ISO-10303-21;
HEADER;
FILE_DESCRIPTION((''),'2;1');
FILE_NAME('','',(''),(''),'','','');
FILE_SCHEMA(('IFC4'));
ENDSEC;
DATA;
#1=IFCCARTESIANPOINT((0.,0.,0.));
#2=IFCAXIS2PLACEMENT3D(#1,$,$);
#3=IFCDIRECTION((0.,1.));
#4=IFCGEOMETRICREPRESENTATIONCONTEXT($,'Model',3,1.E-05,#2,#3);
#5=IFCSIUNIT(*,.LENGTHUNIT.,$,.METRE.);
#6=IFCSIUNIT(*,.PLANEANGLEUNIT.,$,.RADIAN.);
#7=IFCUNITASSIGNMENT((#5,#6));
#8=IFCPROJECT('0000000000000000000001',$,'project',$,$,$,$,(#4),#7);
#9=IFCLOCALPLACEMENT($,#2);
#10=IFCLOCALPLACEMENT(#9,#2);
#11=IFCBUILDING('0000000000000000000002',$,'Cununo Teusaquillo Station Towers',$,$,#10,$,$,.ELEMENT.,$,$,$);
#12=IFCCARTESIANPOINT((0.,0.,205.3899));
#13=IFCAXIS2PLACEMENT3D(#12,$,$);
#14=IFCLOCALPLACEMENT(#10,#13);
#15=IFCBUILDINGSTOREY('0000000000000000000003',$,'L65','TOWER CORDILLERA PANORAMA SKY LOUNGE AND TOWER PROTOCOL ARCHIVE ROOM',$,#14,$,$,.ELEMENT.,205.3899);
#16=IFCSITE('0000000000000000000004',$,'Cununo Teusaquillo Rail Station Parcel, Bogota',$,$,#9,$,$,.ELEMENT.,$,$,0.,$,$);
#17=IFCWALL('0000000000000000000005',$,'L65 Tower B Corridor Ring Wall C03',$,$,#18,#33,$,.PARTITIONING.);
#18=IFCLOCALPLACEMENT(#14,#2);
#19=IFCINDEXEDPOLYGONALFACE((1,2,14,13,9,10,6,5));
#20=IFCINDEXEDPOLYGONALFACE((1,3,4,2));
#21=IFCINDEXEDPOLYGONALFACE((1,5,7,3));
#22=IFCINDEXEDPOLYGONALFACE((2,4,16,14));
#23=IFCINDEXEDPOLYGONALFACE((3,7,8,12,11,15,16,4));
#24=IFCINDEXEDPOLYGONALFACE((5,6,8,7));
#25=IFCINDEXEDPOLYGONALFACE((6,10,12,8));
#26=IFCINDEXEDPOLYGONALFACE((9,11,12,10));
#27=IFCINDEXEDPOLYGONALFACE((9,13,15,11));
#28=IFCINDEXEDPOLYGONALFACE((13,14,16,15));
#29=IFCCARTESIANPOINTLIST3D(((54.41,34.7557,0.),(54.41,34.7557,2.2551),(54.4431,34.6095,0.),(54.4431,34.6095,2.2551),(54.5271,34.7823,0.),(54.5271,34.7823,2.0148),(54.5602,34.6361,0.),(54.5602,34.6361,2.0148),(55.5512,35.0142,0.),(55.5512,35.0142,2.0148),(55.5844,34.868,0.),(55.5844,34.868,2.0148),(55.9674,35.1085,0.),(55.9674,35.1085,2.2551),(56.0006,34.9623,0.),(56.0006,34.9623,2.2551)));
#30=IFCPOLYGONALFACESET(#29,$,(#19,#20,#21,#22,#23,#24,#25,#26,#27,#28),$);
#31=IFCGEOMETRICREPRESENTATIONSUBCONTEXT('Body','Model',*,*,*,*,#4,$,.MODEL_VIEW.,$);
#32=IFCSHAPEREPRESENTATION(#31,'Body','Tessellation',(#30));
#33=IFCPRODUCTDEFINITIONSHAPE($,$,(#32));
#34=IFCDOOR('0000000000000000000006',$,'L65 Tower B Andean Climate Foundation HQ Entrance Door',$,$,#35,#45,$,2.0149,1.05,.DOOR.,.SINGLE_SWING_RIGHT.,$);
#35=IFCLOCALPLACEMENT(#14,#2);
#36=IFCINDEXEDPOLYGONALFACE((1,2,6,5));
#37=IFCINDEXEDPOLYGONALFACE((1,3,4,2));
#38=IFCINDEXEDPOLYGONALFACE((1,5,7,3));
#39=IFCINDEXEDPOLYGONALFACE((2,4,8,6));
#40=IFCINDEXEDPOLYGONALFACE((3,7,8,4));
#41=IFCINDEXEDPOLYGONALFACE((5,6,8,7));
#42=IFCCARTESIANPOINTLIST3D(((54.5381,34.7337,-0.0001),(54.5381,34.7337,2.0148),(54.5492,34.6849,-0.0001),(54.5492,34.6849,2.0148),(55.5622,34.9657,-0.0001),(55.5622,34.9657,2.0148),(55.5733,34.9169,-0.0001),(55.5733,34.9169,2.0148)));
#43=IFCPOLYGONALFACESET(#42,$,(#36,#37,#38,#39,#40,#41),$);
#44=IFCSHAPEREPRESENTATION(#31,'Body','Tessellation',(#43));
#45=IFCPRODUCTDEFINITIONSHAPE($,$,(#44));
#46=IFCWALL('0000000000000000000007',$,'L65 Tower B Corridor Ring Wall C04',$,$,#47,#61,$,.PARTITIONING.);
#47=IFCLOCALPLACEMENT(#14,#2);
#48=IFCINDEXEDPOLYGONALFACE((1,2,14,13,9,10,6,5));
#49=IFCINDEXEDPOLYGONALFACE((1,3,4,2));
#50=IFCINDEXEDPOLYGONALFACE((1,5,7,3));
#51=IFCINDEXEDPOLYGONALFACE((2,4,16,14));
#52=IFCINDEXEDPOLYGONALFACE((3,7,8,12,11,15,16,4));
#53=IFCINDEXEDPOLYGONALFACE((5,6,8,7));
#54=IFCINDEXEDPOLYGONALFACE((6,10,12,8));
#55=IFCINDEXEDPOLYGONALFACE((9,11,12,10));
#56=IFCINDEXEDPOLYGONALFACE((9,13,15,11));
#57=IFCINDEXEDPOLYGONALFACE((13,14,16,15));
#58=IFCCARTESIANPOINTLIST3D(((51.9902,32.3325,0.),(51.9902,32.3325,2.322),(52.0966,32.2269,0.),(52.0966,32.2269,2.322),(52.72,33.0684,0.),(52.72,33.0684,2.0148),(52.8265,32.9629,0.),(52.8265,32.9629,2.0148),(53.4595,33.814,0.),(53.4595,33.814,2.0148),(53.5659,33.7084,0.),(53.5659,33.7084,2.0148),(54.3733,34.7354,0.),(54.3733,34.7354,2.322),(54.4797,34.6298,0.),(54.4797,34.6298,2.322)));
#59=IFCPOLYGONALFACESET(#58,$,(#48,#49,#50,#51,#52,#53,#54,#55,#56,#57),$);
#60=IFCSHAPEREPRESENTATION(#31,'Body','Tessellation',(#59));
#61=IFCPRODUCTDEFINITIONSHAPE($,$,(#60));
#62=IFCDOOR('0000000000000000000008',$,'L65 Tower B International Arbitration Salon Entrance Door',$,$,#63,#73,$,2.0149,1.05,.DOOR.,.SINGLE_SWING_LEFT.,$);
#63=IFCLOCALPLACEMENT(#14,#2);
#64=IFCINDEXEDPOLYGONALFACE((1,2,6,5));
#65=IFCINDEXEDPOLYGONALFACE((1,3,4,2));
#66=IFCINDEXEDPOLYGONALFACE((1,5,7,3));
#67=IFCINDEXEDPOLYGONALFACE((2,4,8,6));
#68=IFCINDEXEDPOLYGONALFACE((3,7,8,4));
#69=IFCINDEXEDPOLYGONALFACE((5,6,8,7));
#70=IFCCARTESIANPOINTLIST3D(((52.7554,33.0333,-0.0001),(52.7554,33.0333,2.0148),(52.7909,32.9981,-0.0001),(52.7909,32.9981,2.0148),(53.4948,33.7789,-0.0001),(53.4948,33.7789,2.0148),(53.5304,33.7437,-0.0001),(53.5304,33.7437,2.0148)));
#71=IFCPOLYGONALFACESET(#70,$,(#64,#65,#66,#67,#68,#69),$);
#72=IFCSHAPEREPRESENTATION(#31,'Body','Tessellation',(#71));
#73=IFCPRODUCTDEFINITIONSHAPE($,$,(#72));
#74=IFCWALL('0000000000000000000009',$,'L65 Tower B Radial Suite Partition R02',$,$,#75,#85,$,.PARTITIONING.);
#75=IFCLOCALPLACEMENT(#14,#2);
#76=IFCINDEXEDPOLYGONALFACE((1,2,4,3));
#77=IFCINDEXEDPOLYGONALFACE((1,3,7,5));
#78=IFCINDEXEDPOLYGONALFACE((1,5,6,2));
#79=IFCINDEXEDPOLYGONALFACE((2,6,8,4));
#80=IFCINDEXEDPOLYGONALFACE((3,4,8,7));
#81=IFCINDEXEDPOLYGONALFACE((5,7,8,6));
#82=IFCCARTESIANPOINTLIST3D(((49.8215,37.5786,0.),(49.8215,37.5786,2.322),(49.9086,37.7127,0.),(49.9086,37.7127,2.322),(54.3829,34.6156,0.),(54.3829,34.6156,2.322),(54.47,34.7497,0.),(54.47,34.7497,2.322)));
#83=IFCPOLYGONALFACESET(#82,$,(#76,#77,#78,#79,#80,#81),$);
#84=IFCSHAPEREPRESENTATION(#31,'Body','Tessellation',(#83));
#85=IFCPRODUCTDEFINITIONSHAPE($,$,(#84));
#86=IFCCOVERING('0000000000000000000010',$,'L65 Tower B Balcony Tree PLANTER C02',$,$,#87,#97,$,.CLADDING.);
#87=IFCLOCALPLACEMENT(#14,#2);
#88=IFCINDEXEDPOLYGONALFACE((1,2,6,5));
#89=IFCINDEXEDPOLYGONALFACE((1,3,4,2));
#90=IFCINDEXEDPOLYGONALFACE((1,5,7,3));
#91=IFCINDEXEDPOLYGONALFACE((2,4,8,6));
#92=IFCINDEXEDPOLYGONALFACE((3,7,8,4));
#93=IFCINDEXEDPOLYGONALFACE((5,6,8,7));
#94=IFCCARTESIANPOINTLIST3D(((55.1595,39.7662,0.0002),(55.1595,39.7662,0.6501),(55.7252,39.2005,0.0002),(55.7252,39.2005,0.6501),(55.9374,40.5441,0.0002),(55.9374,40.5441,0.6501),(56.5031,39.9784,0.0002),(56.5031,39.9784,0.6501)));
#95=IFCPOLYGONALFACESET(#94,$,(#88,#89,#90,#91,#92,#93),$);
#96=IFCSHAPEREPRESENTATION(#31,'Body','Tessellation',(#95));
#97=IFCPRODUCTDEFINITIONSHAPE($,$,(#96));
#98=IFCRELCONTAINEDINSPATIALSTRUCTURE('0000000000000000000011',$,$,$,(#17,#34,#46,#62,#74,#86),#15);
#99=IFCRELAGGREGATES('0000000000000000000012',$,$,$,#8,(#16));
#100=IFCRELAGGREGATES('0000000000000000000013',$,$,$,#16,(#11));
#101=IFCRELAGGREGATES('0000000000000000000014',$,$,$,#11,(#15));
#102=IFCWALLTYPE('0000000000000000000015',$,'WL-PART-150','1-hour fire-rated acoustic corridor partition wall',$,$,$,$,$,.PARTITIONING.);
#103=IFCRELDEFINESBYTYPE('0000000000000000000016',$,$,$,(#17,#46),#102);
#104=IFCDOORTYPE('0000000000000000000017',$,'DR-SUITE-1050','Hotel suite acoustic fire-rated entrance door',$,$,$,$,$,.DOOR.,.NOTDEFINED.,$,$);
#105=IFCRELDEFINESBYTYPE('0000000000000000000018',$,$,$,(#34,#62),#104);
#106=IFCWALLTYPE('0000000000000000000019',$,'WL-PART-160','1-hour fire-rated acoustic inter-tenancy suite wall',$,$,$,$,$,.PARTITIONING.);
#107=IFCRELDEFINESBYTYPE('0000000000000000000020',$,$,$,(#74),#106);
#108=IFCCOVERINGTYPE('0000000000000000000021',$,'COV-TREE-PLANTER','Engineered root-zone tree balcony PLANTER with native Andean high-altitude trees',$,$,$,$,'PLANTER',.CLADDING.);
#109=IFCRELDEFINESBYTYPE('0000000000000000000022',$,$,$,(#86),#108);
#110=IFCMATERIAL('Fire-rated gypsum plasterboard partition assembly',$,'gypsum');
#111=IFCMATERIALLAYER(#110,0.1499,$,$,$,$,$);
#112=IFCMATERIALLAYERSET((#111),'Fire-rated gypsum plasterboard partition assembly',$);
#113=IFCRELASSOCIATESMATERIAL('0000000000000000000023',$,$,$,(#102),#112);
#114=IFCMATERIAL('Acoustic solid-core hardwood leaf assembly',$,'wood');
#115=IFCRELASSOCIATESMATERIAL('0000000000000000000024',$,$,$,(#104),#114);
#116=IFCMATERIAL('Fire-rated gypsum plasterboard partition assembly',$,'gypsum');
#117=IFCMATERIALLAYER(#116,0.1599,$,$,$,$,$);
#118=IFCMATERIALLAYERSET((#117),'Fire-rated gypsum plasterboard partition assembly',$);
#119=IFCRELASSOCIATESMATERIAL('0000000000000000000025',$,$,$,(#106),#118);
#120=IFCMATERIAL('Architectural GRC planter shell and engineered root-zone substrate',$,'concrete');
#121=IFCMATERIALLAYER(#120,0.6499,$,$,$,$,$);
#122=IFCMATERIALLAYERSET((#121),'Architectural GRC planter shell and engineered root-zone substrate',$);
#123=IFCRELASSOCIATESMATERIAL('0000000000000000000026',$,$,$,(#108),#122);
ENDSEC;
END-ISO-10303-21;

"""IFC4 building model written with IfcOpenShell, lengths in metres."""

from ifc_helpers import new_model, si_unit, direction, frame, frame_2d, origin, origin_2d, place, context, subcontext, project, spatial, rectangle, extrude, source, transform, mapped, material, layer, layer_set, type_object, element, fill, save


model = new_model("IFC4")

# Units and contexts
model_context = context("Model", 3, precision=1e-05, world=origin(), true_north=direction((0.0, 1.0)))
body_context = subcontext(model_context, "Body", "Model", "MODEL_VIEW")
ifc_project = project(units=[si_unit("LENGTHUNIT", "METRE"), si_unit("PLANEANGLEUNIT", "RADIAN")], contexts=[model_context])

# Site, building, storey
site_placement = place(None, origin())
site = spatial("IfcSite", under=ifc_project, at=site_placement, Name="Cununo Teusaquillo Rail Station Parcel, Bogota", CompositionType="ELEMENT", RefElevation=0.0)
building_placement = place(site_placement, origin())
building = spatial("IfcBuilding", under=site, at=building_placement, Name="Cununo Teusaquillo Station Towers", CompositionType="ELEMENT")
storey_placement = place(building_placement, frame((0.0, 0.0, 205.3899)))
storey = spatial("IfcBuildingStorey", under=building, at=storey_placement, Name="L65", Description="TOWER CORDILLERA PANORAMA SKY LOUNGE AND TOWER PROTOCOL ARCHIVE ROOM", CompositionType="ELEMENT", Elevation=205.3899)

# Walls, openings, doors
ifc_material_1 = material(Name="Fire-rated gypsum plasterboard partition assembly", Category="gypsum")
ifc_layer_1 = layer(ifc_material_1, 0.1499)
ifc_layer_set_1 = layer_set([ifc_layer_1], Name="Fire-rated gypsum plasterboard partition assembly")
wall_type_1 = type_object("IfcWallType", Name="WL-PART-150", Description="1-hour fire-rated acoustic corridor partition wall", PredefinedType="PARTITIONING", material=ifc_layer_set_1)
wall_1_placement = place(storey_placement, frame((55.9839, 35.0354, 0.0), z_axis=(0.0, 0.0, 1.0), x_axis=(-0.97529, -0.220927, 0.0)))
wall_1 = element("IfcWall", 1, at=wall_1_placement, inside=storey, type_object=wall_type_1, Name="L65 Tower B Corridor Ring Wall C03", PredefinedType="PARTITIONING", context=body_context, shape_type="SweptSolid", body=[
    extrude(rectangle(XDim=1.5969, YDim=0.1499, at=frame_2d((0.7983, 0.0))), origin(), (0.0, 0.0, 1.0), 2.2551),
])
shared_shape_1 = source(origin(), body_context, "Body", "SweptSolid", [
    extrude(rectangle(XDim=1.05, YDim=2.0149, at=frame_2d((0.5249, 1.0073))), frame((0.0, 0.085, 0.0), z_axis=(0.0, -1.0, 0.0), x_axis=(1.0, 0.0, 0.0)), (0.0, 0.0, 1.0), 0.1699),
])
opening_1_placement = place(wall_1_placement, frame((0.4268, 0.0, 0.0)))
opening_1 = element("IfcOpeningElement", 2, at=opening_1_placement, cuts=wall_1, PredefinedType="OPENING", context=body_context, shape_type="MappedRepresentation", body=[
    mapped(shared_shape_1, transform((0.0, 0.0, 0.0), x_axis=(1.0, 0.0, 0.0), y_axis=(0.0, 1.0, 0.0), z_axis=(0.0, 0.0, 1.0), scale=1.0)),
])
ifc_material_2 = material(Name="Acoustic solid-core hardwood leaf assembly", Category="wood")
door_type_1 = type_object("IfcDoorType", Name="DR-SUITE-1050", Description="Hotel suite acoustic fire-rated entrance door", OperationType="NOTDEFINED", PredefinedType="DOOR", material=ifc_material_2)
shared_shape_2 = source(origin(), body_context, "Body", "SweptSolid", [
    extrude(rectangle(XDim=1.05, YDim=2.0149, at=frame_2d((0.5249, 1.0073))), frame((0.0, 0.0249, 0.0), z_axis=(0.0, -1.0, 0.0), x_axis=(1.0, 0.0, 0.0)), (0.0, 0.0, 1.0), 0.05),
])
door_1_placement = place(opening_1_placement, origin())
door_1 = element("IfcDoor", 3, at=door_1_placement, inside=storey, type_object=door_type_1, Name="L65 Tower B Andean Climate Foundation HQ Entrance Door", OperationType="SINGLE_SWING_RIGHT", OverallHeight=2.0149, OverallWidth=1.05, PredefinedType="DOOR", context=body_context, shape_type="MappedRepresentation", body=[
    mapped(shared_shape_2, transform((0.0, 0.0, 0.0), x_axis=(1.0, 0.0, 0.0), y_axis=(0.0, 1.0, 0.0), z_axis=(0.0, 0.0, 1.0), scale=1.0)),
])
fill(opening_1, door_1)
wall_2_placement = place(storey_placement, frame((54.4265, 34.6826, 0.0), z_axis=(0.0, 0.0, 1.0), x_axis=(-0.704179, -0.710022, 0.0)))
wall_2 = element("IfcWall", 4, at=wall_2_placement, inside=storey, type_object=wall_type_1, Name="L65 Tower B Corridor Ring Wall C04", PredefinedType="PARTITIONING", context=body_context, shape_type="SweptSolid", body=[
    extrude(rectangle(XDim=3.3843, YDim=0.1499, at=frame_2d((1.6921, 0.0))), origin(), (0.0, 0.0, 1.0), 2.322),
])
opening_2_placement = place(wall_2_placement, frame((1.2979, 0.0, 0.0)))
opening_2 = element("IfcOpeningElement", 5, at=opening_2_placement, cuts=wall_2, PredefinedType="OPENING", context=body_context, shape_type="MappedRepresentation", body=[
    mapped(shared_shape_1, transform((0.0, 0.0, 0.0), x_axis=(1.0, 0.0, 0.0), y_axis=(0.0, 1.0, 0.0), z_axis=(0.0, 0.0, 1.0), scale=1.0)),
])
door_2_placement = place(opening_2_placement, origin())
door_2 = element("IfcDoor", 6, at=door_2_placement, inside=storey, type_object=door_type_1, Name="L65 Tower B International Arbitration Salon Entrance Door", OperationType="SINGLE_SWING_LEFT", OverallHeight=2.0149, OverallWidth=1.05, PredefinedType="DOOR", context=body_context, shape_type="MappedRepresentation", body=[
    mapped(shared_shape_2, transform((0.0, 0.0, 0.0), x_axis=(1.0, 0.0, 0.0), y_axis=(0.0, 1.0, 0.0), z_axis=(0.0, 0.0, 1.0), scale=1.0)),
])
fill(opening_2, door_2)

# Wall
ifc_material_3 = material(Name="Fire-rated gypsum plasterboard partition assembly", Category="gypsum")
ifc_layer_2 = layer(ifc_material_3, 0.1599)
ifc_layer_set_2 = layer_set([ifc_layer_2], Name="Fire-rated gypsum plasterboard partition assembly")
wall_type_2 = type_object("IfcWallType", Name="WL-PART-160", Description="1-hour fire-rated acoustic inter-tenancy suite wall", PredefinedType="PARTITIONING", material=ifc_layer_set_2)
wall_3_placement = place(storey_placement, frame((54.4265, 34.6826, 0.0), z_axis=(0.0, 0.0, 1.0), x_axis=(-0.838607, 0.544737, 0.0)))
element("IfcWall", 7, at=wall_3_placement, inside=storey, type_object=wall_type_2, Name="L65 Tower B Radial Suite Partition R02", PredefinedType="PARTITIONING", context=body_context, shape_type="SweptSolid", body=[
    extrude(rectangle(XDim=5.4392, YDim=0.1599, at=frame_2d((2.7197, 0.0))), origin(), (0.0, 0.0, 1.0), 2.322),
])

# Covering
ifc_material_4 = material(Name="Architectural GRC planter shell and engineered root-zone substrate", Category="concrete")
ifc_layer_3 = layer(ifc_material_4, 0.6499)
ifc_layer_set_3 = layer_set([ifc_layer_3], Name="Architectural GRC planter shell and engineered root-zone substrate")
covering_type = type_object("IfcCoveringType", Name="COV-TREE-PLANTER", Description="Engineered root-zone tree balcony PLANTER with native Andean high-altitude trees", ElementType="PLANTER", PredefinedType="CLADDING", material=ifc_layer_set_3)
shared_shape_3 = source(origin(), body_context, "Body", "SweptSolid", [
    extrude(rectangle(XDim=1.1001, YDim=0.8, at=origin_2d()), origin(), (0.0, 0.0, 1.0), 0.6499),
])
covering_placement = place(storey_placement, frame((55.8313, 39.8723, 0.0002), z_axis=(0.0, 0.0, 1.0), x_axis=(0.707107, 0.707107, 0.0)))
element("IfcCovering", 8, at=covering_placement, inside=storey, type_object=covering_type, Name="L65 Tower B Balcony Tree PLANTER C02", PredefinedType="CLADDING", context=body_context, shape_type="MappedRepresentation", body=[
    mapped(shared_shape_3, transform((0.0, 0.0, 0.0), x_axis=(1.0, 0.0, 0.0), y_axis=(0.0, 1.0, 0.0), z_axis=(0.0, 0.0, 1.0), scale=1.0)),
])

save(model, "model.ifc")
